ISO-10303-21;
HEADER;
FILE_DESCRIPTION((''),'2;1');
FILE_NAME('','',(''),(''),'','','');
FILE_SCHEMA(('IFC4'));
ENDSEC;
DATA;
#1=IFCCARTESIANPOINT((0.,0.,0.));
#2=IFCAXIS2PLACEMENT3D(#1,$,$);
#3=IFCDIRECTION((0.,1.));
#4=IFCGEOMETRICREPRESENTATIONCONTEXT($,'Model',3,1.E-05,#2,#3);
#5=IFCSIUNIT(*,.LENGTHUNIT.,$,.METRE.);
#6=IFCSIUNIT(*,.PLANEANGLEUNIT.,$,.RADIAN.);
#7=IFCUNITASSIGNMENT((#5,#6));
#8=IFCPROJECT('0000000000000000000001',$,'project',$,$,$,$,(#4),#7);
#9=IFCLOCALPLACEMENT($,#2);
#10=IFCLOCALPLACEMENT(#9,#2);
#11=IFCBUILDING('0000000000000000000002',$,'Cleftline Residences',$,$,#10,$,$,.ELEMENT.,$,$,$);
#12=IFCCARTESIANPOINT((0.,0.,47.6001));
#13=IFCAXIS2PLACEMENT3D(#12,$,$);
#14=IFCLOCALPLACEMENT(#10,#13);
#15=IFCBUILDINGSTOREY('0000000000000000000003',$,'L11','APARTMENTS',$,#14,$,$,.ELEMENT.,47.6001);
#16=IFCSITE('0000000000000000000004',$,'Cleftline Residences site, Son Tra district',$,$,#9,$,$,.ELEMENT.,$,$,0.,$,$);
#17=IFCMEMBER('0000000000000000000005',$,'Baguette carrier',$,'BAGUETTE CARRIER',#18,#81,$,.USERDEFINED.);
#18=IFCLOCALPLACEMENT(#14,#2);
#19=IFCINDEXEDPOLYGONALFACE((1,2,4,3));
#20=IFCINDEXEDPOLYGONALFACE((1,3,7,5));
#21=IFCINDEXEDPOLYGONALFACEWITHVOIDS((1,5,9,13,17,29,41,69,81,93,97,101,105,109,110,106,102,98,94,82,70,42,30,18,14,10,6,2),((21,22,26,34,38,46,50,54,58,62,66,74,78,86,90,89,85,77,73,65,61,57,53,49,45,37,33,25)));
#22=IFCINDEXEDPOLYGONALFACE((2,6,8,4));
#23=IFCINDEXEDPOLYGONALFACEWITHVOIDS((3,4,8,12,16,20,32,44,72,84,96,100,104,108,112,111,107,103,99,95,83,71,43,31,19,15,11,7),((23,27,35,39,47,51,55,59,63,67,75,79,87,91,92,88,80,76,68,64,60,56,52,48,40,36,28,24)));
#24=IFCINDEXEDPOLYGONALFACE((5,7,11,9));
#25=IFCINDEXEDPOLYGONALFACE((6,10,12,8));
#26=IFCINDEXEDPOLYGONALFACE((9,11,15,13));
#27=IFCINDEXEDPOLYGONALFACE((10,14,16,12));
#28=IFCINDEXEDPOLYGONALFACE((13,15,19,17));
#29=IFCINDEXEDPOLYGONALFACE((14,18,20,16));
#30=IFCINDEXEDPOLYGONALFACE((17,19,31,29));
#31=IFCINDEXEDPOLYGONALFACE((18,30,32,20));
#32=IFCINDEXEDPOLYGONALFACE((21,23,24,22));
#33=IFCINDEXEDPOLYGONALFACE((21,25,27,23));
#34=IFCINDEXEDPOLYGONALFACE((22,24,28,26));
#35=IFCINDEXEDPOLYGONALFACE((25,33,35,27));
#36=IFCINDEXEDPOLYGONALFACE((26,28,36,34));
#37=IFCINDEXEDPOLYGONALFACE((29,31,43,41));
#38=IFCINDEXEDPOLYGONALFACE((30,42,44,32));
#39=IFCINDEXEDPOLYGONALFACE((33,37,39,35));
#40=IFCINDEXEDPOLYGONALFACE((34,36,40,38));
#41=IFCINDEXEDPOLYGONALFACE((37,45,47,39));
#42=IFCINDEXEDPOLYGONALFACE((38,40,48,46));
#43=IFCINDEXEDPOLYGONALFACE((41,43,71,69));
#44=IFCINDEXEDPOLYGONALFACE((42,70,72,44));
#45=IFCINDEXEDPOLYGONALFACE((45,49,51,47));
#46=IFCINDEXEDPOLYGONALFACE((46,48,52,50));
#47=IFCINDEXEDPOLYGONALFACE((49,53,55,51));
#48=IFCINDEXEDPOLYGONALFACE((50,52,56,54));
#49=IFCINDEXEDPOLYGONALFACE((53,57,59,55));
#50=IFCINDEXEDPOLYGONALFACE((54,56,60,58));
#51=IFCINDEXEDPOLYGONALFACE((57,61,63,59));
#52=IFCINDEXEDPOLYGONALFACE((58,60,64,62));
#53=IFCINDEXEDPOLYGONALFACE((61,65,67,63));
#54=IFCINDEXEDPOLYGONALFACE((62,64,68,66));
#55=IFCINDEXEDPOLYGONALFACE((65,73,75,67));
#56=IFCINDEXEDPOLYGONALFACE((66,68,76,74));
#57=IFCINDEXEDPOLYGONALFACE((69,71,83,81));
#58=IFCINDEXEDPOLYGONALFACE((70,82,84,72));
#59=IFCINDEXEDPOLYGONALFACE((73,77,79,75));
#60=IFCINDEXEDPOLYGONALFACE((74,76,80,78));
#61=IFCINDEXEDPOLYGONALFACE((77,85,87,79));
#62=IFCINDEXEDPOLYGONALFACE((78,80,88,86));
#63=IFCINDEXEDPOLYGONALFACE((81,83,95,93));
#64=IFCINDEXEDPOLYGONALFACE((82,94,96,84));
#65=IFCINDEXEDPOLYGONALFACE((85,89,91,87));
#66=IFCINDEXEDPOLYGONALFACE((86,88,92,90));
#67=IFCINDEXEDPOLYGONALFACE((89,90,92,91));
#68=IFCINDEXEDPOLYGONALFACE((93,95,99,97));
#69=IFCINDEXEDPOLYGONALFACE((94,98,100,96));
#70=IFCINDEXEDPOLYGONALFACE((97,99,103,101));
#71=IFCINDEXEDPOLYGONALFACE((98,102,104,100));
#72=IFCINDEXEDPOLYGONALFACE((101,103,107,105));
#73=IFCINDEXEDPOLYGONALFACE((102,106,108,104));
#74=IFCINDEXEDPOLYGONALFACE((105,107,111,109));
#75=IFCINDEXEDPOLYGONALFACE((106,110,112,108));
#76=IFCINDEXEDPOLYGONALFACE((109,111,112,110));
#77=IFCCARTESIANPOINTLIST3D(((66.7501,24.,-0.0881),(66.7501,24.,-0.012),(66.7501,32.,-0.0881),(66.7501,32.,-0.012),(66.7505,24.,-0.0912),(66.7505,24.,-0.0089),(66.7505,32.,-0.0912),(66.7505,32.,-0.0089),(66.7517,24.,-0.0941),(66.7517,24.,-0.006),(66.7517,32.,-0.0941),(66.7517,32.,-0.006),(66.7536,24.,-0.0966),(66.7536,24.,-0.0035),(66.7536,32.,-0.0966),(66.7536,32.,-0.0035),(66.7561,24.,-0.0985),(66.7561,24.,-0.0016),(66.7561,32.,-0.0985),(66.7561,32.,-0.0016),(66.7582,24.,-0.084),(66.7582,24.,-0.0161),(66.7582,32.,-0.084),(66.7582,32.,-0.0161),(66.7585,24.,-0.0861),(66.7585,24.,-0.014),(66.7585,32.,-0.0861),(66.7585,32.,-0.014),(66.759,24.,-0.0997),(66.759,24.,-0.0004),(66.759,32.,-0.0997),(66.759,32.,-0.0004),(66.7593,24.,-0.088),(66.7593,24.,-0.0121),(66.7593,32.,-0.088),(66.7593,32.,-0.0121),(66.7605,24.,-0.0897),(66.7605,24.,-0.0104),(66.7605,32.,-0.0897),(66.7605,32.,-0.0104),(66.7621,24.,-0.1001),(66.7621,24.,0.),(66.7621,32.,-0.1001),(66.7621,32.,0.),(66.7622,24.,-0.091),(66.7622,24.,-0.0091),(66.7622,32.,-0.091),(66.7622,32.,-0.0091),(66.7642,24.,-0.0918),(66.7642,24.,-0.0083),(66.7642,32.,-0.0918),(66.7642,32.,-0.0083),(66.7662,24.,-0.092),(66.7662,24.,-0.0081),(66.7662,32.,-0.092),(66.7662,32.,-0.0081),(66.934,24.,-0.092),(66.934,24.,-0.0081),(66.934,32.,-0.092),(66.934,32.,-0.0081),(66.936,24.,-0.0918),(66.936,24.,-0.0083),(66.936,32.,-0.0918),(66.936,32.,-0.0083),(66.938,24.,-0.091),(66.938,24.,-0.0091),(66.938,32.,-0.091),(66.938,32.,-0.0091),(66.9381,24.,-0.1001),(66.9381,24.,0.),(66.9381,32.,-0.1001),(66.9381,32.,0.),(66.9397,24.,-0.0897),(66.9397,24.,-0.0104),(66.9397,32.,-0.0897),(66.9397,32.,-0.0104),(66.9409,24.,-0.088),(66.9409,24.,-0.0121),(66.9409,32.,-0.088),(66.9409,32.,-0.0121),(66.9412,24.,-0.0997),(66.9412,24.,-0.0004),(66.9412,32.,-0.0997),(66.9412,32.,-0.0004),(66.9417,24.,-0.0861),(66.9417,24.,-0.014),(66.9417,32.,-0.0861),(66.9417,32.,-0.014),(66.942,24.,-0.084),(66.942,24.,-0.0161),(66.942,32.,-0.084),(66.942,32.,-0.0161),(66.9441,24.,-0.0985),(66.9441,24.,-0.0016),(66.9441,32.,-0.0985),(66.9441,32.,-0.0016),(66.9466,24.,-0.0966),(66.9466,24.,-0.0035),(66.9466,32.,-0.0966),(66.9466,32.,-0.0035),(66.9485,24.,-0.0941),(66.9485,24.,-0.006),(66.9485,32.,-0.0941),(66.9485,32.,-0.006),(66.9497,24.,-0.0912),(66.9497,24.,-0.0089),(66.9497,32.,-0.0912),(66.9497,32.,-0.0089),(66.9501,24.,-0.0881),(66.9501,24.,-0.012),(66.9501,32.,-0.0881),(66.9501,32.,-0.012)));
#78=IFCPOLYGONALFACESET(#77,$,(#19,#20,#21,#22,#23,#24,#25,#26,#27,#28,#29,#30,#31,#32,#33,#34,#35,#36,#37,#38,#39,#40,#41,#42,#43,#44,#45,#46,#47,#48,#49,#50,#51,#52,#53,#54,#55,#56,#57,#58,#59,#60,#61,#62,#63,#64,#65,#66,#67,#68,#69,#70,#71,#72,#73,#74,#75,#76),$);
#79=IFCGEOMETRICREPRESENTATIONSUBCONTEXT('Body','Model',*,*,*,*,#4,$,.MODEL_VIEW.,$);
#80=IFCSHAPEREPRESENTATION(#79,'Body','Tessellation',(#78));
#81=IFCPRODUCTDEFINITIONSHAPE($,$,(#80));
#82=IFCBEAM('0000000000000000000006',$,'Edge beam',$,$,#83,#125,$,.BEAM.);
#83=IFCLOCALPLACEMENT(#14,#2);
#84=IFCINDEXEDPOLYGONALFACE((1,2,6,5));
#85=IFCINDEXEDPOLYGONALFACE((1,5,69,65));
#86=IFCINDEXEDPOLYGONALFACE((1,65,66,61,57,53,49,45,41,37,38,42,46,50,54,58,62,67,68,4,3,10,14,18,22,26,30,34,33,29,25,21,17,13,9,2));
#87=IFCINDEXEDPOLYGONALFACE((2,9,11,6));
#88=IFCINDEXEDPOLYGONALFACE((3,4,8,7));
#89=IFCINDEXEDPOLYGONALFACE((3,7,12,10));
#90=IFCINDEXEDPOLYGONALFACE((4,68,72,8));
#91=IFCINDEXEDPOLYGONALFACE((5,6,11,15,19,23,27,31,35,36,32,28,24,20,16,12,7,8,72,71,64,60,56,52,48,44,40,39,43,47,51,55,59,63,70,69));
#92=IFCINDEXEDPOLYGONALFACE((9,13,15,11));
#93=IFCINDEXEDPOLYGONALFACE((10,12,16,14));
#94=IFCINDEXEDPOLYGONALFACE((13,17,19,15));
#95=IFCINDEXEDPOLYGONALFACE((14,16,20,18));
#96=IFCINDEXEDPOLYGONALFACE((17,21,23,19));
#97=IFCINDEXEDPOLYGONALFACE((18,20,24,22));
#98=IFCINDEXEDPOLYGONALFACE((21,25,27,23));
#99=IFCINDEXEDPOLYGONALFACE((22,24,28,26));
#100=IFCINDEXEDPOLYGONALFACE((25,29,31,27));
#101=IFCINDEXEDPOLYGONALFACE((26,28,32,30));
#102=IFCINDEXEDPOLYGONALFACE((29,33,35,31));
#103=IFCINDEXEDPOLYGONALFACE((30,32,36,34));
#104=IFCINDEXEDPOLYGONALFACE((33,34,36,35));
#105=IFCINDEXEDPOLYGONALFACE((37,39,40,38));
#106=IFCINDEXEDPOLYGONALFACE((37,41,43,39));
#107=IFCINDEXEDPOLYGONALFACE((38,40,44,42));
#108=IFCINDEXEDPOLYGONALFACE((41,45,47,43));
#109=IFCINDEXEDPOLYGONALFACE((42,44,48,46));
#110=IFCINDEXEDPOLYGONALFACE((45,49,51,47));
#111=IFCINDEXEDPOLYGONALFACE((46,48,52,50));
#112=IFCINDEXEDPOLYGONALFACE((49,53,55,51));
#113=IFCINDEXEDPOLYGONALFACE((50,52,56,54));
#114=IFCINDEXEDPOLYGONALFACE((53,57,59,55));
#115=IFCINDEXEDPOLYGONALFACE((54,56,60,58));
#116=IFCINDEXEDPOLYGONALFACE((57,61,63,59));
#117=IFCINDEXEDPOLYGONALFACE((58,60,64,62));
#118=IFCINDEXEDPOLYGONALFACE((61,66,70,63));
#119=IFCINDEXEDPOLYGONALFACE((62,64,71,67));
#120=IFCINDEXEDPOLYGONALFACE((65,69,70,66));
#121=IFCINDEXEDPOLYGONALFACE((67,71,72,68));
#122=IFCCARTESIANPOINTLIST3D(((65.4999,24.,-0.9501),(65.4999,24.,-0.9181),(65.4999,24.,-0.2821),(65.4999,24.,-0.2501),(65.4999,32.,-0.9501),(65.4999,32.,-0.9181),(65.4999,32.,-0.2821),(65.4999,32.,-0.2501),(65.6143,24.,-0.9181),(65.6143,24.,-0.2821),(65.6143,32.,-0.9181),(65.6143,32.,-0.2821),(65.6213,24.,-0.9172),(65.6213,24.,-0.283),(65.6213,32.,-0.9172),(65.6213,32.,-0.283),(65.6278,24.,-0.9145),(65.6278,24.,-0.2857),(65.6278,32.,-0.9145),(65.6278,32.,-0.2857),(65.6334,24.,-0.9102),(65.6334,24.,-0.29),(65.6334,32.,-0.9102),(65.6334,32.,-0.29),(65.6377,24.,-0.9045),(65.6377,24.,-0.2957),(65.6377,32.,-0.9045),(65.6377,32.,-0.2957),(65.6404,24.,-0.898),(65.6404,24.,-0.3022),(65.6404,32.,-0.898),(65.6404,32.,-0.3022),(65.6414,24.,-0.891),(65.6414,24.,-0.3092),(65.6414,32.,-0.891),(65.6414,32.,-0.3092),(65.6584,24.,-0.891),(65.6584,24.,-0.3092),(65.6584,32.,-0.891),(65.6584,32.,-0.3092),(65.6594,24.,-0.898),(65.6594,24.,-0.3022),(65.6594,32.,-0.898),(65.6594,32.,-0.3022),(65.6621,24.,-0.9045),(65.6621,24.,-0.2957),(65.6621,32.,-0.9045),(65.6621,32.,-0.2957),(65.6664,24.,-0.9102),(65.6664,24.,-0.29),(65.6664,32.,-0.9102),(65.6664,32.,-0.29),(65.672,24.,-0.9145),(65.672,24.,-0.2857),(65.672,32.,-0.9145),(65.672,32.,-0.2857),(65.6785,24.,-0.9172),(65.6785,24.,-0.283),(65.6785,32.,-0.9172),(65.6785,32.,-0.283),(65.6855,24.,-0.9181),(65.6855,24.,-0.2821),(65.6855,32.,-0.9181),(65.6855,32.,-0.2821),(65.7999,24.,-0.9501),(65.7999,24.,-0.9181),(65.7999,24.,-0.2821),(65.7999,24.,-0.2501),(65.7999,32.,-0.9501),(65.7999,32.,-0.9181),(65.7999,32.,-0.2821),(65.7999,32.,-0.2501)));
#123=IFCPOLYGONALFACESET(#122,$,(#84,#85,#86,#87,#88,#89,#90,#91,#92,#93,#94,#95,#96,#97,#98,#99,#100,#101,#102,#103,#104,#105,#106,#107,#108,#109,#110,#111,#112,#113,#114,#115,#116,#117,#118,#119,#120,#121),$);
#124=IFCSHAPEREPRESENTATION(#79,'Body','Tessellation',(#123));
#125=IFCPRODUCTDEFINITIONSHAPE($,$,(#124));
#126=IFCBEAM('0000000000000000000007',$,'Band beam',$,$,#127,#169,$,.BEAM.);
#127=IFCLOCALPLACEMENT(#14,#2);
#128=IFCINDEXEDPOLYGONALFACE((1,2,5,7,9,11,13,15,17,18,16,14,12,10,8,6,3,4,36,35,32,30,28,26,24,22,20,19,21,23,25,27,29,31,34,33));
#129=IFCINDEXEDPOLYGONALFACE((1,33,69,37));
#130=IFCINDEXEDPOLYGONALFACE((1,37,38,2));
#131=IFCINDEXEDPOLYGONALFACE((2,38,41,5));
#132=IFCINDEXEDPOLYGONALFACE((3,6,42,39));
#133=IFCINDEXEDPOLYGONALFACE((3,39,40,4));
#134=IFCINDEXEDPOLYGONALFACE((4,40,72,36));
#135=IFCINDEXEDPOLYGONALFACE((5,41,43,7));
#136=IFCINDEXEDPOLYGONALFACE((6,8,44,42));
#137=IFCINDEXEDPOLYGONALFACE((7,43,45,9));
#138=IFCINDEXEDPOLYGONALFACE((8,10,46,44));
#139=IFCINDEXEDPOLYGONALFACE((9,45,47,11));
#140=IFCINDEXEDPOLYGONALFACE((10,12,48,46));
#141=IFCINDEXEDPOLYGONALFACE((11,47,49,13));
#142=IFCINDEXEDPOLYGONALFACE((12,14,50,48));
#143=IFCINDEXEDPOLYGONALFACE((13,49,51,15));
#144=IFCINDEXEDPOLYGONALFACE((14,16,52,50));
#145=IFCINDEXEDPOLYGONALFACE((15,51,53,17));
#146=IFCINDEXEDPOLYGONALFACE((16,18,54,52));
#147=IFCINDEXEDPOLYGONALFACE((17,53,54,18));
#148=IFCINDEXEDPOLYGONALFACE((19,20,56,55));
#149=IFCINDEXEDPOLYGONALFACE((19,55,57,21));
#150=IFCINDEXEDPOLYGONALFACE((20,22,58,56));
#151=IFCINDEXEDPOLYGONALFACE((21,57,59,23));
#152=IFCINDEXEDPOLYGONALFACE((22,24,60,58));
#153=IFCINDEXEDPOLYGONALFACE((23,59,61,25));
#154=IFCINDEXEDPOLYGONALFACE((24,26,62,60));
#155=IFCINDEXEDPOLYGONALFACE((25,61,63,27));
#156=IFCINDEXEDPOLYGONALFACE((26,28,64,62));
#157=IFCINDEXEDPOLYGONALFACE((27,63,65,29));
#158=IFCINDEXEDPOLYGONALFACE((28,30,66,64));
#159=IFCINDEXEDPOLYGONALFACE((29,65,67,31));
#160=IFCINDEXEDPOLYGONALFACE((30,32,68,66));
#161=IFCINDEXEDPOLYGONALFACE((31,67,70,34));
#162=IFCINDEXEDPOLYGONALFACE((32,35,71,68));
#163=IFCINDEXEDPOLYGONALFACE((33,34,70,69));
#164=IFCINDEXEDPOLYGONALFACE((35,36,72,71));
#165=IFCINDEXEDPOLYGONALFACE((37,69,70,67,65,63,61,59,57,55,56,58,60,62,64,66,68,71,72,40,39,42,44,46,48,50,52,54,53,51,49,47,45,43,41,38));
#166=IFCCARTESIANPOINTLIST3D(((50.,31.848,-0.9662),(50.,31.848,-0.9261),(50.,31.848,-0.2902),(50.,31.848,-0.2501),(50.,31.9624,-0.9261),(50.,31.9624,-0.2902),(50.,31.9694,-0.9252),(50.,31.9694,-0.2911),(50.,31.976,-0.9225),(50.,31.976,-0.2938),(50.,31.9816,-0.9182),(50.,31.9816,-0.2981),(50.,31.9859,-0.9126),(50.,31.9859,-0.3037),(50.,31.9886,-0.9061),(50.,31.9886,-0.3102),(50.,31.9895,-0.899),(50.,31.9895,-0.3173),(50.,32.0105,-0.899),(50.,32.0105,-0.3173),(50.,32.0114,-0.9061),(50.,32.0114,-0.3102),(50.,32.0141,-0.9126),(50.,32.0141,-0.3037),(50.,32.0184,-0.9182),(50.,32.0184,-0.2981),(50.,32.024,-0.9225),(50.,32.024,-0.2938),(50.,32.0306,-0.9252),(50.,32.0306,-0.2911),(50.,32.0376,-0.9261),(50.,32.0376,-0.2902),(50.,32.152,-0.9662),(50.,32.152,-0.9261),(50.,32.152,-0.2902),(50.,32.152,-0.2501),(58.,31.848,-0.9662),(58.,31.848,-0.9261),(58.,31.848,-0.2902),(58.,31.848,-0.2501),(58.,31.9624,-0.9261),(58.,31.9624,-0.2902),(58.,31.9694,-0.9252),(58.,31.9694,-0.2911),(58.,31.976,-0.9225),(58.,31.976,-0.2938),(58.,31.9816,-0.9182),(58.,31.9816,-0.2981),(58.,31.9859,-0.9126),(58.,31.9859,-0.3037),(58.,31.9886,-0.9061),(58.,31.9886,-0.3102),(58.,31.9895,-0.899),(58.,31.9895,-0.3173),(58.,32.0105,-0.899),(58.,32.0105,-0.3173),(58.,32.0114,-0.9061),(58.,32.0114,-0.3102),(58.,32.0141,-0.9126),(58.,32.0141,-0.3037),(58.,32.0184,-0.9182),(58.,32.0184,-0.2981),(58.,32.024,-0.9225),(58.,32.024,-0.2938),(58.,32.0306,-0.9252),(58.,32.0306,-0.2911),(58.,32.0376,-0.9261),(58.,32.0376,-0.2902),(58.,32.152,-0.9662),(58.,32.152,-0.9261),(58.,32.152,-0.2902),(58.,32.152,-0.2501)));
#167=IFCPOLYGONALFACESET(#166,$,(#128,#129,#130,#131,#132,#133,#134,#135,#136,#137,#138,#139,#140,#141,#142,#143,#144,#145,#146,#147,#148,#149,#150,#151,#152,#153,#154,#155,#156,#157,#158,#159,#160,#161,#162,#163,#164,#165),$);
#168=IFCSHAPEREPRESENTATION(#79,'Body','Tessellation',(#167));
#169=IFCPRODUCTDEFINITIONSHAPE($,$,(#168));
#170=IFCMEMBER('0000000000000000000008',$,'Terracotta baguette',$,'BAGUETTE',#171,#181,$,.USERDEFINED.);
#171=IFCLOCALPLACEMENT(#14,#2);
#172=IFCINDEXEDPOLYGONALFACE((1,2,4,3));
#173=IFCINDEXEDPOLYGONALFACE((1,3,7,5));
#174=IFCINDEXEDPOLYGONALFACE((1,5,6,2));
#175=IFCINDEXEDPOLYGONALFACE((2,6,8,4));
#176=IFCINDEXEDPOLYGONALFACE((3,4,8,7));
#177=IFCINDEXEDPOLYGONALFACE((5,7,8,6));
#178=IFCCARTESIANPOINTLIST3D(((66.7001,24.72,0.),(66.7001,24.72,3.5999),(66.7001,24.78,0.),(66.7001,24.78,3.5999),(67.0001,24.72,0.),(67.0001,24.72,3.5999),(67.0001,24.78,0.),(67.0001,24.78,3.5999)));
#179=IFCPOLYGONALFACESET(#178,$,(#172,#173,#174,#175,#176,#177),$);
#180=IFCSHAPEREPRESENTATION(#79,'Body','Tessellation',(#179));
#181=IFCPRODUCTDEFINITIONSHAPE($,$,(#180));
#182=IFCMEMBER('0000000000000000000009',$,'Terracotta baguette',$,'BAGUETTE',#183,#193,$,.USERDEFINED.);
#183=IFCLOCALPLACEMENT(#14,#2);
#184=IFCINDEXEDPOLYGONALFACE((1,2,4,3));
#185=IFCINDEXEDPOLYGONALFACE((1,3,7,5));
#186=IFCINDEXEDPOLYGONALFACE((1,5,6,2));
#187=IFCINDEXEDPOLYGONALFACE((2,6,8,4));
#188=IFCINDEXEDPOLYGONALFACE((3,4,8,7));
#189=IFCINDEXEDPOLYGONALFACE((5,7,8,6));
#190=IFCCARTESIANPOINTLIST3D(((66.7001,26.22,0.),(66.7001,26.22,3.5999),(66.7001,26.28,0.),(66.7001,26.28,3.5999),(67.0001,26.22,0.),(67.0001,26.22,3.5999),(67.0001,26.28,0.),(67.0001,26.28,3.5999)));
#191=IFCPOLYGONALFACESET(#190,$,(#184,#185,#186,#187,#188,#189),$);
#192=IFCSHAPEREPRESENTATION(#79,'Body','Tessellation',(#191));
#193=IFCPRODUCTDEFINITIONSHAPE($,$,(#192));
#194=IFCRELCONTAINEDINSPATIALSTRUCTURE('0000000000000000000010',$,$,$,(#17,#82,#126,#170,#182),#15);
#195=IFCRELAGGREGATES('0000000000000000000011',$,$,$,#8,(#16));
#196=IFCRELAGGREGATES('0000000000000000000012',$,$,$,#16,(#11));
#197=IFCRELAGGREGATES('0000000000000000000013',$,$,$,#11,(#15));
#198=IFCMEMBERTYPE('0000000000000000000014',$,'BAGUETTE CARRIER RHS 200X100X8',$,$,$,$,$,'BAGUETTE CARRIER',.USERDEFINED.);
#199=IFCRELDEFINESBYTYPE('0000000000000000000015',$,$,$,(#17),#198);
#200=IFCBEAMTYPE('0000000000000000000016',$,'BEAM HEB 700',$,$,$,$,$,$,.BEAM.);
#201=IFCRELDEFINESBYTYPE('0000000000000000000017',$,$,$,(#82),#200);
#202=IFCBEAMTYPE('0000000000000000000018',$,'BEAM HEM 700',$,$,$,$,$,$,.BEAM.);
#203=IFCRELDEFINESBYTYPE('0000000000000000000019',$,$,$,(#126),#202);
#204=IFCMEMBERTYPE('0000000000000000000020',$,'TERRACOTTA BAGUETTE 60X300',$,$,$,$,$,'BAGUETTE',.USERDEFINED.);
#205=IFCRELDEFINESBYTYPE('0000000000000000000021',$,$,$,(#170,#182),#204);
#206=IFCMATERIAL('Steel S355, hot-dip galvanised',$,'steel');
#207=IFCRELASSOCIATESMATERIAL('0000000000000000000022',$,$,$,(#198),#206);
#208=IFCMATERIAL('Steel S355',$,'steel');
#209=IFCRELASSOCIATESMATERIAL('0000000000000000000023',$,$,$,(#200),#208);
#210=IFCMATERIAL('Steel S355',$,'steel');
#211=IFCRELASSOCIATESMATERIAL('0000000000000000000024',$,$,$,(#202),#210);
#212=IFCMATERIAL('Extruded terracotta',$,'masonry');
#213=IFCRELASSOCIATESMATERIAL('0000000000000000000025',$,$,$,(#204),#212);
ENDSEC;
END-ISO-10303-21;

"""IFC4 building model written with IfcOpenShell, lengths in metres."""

from ifc_helpers import new_model, si_unit, direction, frame, origin, origin_2d, place, context, subcontext, project, spatial, rectangle, hollow_rectangle, i_section, extrude, material, material_profile, profile_set, type_object, element, save


model = new_model("IFC4")

# Units and contexts
model_context = context("Model", 3, precision=1e-05, world=origin(), true_north=direction((0.0, 1.0)))
body_context = subcontext(model_context, "Body", "Model", "MODEL_VIEW")
ifc_project = project(units=[si_unit("LENGTHUNIT", "METRE"), si_unit("PLANEANGLEUNIT", "RADIAN")], contexts=[model_context])

# Site, building, storey
site_placement = place(None, origin())
site = spatial("IfcSite", under=ifc_project, at=site_placement, Name="Cleftline Residences site, Son Tra district", CompositionType="ELEMENT", RefElevation=0.0)
building_placement = place(site_placement, origin())
building = spatial("IfcBuilding", under=site, at=building_placement, Name="Cleftline Residences", CompositionType="ELEMENT")
storey_placement = place(building_placement, frame((0.0, 0.0, 47.6001)))
storey = spatial("IfcBuildingStorey", under=building, at=storey_placement, Name="L11", Description="APARTMENTS", CompositionType="ELEMENT", Elevation=47.6001)

# Member
ifc_material_1 = material(Name="Steel S355, hot-dip galvanised", Category="steel")
ifc_material_profile_1 = material_profile(ifc_material_1, hollow_rectangle(XDim=0.1001, YDim=0.2, WallThickness=0.0081, InnerFilletRadius=0.0081, OuterFilletRadius=0.012, at=origin_2d()))
ifc_profile_set_1 = profile_set([ifc_material_profile_1], Name="Steel S355, hot-dip galvanised")
member_type_1 = type_object("IfcMemberType", Name="BAGUETTE CARRIER RHS 200X100X8", ElementType="BAGUETTE CARRIER", PredefinedType="USERDEFINED", material=ifc_profile_set_1)
member_1_placement = place(storey_placement, frame((66.8501, 24.0, -0.05), z_axis=(0.0, 1.0, 0.0), x_axis=(0.0, 0.0, 1.0)))
element("IfcMember", 1, at=member_1_placement, inside=storey, type_object=member_type_1, Name="Baguette carrier", ObjectType="BAGUETTE CARRIER", PredefinedType="USERDEFINED", context=body_context, shape_type="SweptSolid", body=[
    extrude(hollow_rectangle(XDim=0.1001, YDim=0.2, WallThickness=0.0081, InnerFilletRadius=0.0081, OuterFilletRadius=0.012, at=origin_2d()), origin(), (0.0, 0.0, 1.0), 8.0),
])

# Beams
ifc_material_2 = material(Name="Steel S355", Category="steel")
ifc_material_profile_2 = material_profile(ifc_material_2, i_section(OverallWidth=0.3, OverallDepth=0.7, WebThickness=0.0171, FlangeThickness=0.032, FilletRadius=0.0271, at=origin_2d()))
ifc_profile_set_2 = profile_set([ifc_material_profile_2], Name="Steel S355")
beam_type_1 = type_object("IfcBeamType", Name="BEAM HEB 700", PredefinedType="BEAM", material=ifc_profile_set_2)
beam_1_placement = place(storey_placement, frame((65.6499, 24.0, -0.6001), z_axis=(0.0, 1.0, 0.0), x_axis=(-1.0, 0.0, 0.0)))
element("IfcBeam", 2, at=beam_1_placement, inside=storey, type_object=beam_type_1, Name="Edge beam", PredefinedType="BEAM", context=body_context, shape_type="SweptSolid", body=[
    extrude(i_section(OverallWidth=0.3, OverallDepth=0.7, WebThickness=0.0171, FlangeThickness=0.032, FilletRadius=0.0271, at=origin_2d()), origin(), (0.0, 0.0, 1.0), 8.0),
])
ifc_material_3 = material(Name="Steel S355", Category="steel")
ifc_material_profile_3 = material_profile(ifc_material_3, i_section(OverallWidth=0.304, OverallDepth=0.7161, WebThickness=0.021, FlangeThickness=0.04, FilletRadius=0.0271, at=origin_2d()))
ifc_profile_set_3 = profile_set([ifc_material_profile_3], Name="Steel S355")
beam_type_2 = type_object("IfcBeamType", Name="BEAM HEM 700", PredefinedType="BEAM", material=ifc_profile_set_3)
beam_2_placement = place(storey_placement, frame((58.0, 32.0, -0.6082), z_axis=(-1.0, 0.0, 0.0), x_axis=(0.0, -1.0, 0.0)))
element("IfcBeam", 3, at=beam_2_placement, inside=storey, type_object=beam_type_2, Name="Band beam", PredefinedType="BEAM", context=body_context, shape_type="SweptSolid", body=[
    extrude(i_section(OverallWidth=0.304, OverallDepth=0.7161, WebThickness=0.021, FlangeThickness=0.04, FilletRadius=0.0271, at=origin_2d()), origin(), (0.0, 0.0, 1.0), 8.0),
])

# Members
ifc_material_4 = material(Name="Extruded terracotta", Category="masonry")
ifc_material_profile_4 = material_profile(ifc_material_4, rectangle(XDim=0.0601, YDim=0.3, at=origin_2d()))
ifc_profile_set_4 = profile_set([ifc_material_profile_4], Name="Extruded terracotta")
member_type_2 = type_object("IfcMemberType", Name="TERRACOTTA BAGUETTE 60X300", ElementType="BAGUETTE", PredefinedType="USERDEFINED", material=ifc_profile_set_4)
for number, where, z_axis, x_axis, name in (
    (4, (66.8501, 24.75, 0.0), (0.0, 0.0, 1.0), (0.0, 1.0, 0.0), "Terracotta baguette"),
    (5, (66.8501, 26.25, 0.0), (0.0, 0.0, 1.0), (0.0, 1.0, 0.0), "Terracotta baguette"),
):
    element("IfcMember", number, at=place(storey_placement, frame(where, z_axis=z_axis, x_axis=x_axis)), inside=storey, type_object=member_type_2, Name=name, ObjectType="BAGUETTE", PredefinedType="USERDEFINED", context=body_context, shape_type="SweptSolid", body=[
        extrude(rectangle(XDim=0.0601, YDim=0.3, at=origin_2d()), origin(), (0.0, 0.0, 1.0), 3.5999),
    ])

save(model, "model.ifc")
